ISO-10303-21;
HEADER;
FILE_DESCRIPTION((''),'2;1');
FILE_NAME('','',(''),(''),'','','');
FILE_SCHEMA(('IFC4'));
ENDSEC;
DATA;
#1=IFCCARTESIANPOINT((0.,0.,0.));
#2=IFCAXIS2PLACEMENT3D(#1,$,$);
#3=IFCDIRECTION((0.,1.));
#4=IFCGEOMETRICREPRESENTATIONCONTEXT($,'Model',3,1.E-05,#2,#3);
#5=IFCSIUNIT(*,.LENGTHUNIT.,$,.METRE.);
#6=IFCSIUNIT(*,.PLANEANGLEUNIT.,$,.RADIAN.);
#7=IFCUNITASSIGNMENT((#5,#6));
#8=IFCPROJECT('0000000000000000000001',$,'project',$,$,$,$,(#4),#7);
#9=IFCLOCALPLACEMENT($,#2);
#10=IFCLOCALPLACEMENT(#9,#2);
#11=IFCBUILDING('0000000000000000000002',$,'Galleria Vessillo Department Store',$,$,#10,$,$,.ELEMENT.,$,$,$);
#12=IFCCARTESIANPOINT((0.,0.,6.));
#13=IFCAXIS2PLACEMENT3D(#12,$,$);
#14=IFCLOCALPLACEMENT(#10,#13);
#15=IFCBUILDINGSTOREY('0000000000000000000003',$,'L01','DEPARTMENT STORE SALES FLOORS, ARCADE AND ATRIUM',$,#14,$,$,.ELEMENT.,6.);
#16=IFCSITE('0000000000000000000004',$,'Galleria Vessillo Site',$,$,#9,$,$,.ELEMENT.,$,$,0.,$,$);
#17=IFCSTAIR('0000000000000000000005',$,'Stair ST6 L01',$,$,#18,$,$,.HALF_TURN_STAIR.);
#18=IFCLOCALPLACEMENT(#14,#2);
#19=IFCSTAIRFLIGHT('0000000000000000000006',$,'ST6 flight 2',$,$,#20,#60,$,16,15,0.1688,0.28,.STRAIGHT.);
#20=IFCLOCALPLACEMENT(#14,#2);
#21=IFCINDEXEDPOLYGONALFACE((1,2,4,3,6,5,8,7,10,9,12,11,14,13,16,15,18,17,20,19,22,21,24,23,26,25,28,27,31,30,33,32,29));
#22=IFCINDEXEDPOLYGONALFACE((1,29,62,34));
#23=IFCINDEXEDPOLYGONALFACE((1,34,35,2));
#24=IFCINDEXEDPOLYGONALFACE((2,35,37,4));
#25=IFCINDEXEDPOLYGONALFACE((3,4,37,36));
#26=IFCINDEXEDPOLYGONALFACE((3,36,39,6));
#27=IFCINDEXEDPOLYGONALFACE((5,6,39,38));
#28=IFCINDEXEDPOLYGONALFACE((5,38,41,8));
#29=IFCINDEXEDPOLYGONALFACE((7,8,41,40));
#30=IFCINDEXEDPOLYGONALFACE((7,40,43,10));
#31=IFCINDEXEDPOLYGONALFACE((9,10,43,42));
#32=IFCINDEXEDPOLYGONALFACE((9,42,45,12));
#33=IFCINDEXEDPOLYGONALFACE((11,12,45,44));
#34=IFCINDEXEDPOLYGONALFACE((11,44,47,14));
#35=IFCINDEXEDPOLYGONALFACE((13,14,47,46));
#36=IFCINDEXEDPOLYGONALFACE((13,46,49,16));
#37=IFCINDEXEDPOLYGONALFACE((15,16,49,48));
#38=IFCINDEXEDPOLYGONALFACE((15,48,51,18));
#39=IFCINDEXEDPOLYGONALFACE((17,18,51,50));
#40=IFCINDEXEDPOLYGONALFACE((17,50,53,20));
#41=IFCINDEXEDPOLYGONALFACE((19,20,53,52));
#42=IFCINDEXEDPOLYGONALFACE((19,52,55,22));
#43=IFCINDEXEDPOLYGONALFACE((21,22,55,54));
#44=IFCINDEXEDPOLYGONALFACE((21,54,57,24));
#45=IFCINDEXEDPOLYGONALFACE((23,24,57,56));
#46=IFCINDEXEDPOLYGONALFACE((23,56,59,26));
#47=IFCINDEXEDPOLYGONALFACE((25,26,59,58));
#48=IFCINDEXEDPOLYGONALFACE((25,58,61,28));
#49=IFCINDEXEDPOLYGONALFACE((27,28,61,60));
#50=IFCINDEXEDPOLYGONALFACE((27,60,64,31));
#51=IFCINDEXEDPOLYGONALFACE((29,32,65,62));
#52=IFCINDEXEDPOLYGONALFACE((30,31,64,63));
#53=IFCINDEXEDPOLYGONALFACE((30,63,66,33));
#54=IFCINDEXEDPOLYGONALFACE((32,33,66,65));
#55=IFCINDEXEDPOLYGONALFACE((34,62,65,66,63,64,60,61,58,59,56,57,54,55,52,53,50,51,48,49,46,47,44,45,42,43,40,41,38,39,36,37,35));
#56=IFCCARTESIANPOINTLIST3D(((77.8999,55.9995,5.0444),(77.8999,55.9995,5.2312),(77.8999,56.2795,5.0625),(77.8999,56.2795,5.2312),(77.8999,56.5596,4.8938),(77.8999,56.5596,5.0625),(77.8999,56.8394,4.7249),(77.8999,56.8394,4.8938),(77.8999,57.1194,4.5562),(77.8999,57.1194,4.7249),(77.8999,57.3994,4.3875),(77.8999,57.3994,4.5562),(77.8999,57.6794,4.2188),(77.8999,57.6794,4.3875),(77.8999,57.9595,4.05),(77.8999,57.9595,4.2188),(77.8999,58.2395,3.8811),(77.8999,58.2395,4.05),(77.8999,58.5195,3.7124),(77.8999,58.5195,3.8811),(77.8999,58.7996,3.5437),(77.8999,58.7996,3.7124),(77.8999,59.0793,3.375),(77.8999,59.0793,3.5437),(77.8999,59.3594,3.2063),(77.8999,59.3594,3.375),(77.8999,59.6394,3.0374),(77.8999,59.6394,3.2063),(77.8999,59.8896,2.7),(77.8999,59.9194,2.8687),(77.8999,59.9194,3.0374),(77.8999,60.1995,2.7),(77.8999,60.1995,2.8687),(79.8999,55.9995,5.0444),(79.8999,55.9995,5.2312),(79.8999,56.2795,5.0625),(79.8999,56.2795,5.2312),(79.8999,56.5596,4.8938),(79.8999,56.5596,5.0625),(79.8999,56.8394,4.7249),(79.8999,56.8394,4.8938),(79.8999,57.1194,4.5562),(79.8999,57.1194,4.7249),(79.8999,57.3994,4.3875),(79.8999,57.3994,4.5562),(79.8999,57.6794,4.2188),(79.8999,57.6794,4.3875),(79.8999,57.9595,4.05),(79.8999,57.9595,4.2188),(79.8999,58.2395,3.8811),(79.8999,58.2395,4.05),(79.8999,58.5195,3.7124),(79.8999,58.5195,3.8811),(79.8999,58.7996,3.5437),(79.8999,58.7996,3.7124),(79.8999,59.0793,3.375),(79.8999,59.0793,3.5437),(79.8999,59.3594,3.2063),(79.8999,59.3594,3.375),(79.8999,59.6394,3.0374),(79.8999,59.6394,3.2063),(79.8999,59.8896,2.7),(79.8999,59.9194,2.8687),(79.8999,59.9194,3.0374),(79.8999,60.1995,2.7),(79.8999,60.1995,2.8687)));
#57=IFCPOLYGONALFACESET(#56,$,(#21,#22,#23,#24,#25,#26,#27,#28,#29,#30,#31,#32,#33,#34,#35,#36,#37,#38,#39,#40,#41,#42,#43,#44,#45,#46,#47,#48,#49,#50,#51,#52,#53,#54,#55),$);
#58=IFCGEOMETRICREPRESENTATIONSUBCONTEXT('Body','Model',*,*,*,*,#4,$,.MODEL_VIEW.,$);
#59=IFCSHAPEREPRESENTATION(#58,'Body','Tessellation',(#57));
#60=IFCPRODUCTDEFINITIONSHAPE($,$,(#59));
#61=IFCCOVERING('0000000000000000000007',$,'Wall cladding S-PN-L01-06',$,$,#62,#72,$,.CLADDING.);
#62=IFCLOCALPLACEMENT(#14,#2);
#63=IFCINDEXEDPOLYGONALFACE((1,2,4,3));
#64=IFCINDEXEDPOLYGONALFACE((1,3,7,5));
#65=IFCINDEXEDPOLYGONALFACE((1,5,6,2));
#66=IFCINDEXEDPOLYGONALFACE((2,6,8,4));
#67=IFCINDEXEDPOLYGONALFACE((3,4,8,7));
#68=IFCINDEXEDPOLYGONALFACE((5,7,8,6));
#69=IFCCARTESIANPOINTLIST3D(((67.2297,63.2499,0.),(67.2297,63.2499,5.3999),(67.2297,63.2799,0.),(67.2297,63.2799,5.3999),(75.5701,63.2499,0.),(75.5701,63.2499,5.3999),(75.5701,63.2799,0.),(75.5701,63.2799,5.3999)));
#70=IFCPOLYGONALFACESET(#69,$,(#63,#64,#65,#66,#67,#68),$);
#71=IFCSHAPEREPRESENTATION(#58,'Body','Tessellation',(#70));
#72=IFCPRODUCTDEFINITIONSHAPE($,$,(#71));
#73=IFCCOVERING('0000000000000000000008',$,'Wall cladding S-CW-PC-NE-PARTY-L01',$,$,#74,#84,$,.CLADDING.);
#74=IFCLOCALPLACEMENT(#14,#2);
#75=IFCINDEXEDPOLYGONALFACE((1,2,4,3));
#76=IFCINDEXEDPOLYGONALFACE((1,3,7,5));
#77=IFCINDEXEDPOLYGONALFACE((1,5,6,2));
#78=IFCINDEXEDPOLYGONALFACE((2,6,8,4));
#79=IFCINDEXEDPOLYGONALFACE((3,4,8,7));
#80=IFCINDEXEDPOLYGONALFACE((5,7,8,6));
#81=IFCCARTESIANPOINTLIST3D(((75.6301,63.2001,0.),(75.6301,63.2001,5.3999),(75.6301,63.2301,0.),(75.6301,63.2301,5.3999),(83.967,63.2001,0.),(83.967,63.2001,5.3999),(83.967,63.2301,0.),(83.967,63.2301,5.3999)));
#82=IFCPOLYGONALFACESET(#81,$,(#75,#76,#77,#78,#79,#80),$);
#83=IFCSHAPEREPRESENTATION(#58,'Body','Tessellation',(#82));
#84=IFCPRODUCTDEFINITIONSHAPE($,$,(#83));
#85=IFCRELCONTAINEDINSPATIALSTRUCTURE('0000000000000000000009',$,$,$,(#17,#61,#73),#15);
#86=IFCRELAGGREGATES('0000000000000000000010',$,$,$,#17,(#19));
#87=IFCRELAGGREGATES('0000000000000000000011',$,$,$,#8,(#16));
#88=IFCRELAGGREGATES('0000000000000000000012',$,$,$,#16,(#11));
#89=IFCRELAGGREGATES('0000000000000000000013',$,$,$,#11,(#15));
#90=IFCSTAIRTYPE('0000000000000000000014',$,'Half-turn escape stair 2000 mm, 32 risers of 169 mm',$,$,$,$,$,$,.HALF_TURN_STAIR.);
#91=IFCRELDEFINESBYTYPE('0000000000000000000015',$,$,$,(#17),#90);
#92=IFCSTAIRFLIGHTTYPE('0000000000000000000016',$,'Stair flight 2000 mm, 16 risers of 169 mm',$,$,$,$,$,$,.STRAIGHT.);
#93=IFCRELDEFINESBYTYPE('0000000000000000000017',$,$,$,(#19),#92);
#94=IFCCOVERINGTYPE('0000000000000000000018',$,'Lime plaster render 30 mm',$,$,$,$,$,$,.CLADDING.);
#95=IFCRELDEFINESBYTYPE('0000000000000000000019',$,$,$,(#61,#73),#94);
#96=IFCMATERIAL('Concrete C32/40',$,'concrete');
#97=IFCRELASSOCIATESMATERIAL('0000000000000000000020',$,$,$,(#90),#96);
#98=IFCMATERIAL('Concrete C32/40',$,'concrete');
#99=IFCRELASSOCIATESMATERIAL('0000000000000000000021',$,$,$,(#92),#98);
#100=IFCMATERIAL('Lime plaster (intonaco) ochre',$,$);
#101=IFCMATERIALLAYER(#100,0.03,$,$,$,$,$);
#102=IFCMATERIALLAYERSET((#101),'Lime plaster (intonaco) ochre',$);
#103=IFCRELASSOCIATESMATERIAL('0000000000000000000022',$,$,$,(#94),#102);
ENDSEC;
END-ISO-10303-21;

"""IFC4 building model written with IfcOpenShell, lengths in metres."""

from ifc_helpers import new_model, si_unit, direction, frame, origin, origin_2d, place, context, subcontext, project, spatial, polyline, rectangle, outline, extrude, material, layer, layer_set, type_object, element, aggregate, save


model = new_model("IFC4")

# Units and contexts
model_context = context("Model", 3, precision=1e-05, world=origin(), true_north=direction((0.0, 1.0)))
body_context = subcontext(model_context, "Body", "Model", "MODEL_VIEW")
ifc_project = project(units=[si_unit("LENGTHUNIT", "METRE"), si_unit("PLANEANGLEUNIT", "RADIAN")], contexts=[model_context])

# Site, building, storey
site_placement = place(None, origin())
site = spatial("IfcSite", under=ifc_project, at=site_placement, Name="Galleria Vessillo Site", CompositionType="ELEMENT", RefElevation=0.0)
building_placement = place(site_placement, origin())
building = spatial("IfcBuilding", under=site, at=building_placement, Name="Galleria Vessillo Department Store", CompositionType="ELEMENT")
storey_placement = place(building_placement, frame((0.0, 0.0, 6.0)))
storey = spatial("IfcBuildingStorey", under=building, at=storey_placement, Name="L01", Description="DEPARTMENT STORE SALES FLOORS, ARCADE AND ATRIUM", CompositionType="ELEMENT", Elevation=6.0)

# Stair, stair flight
ifc_material_1 = material(Name="Concrete C32/40", Category="concrete")
stair_type = type_object("IfcStairType", Name="Half-turn escape stair 2000 mm, 32 risers of 169 mm", PredefinedType="HALF_TURN_STAIR", material=ifc_material_1)
stair_placement = place(storey_placement, origin())
stair = element("IfcStair", 1, at=stair_placement, inside=storey, type_object=stair_type, Name="Stair ST6 L01", PredefinedType="HALF_TURN_STAIR")
ifc_material_2 = material(Name="Concrete C32/40", Category="concrete")
stair_flight_type = type_object("IfcStairFlightType", Name="Stair flight 2000 mm, 16 risers of 169 mm", PredefinedType="STRAIGHT", material=ifc_material_2)
stair_flight_1_placement = place(storey_placement, frame((78.8999, 60.1995, 2.7), z_axis=(0.0, 0.0, 1.0), x_axis=(0.0, -1.0, 0.0)))
stair_flight_1 = element("IfcStairFlight", 2, at=stair_flight_1_placement, type_object=stair_flight_type, Name="ST6 flight 2", NumberOfRisers=16, NumberOfTreads=15, PredefinedType="STRAIGHT", RiserHeight=0.1688, TreadLength=0.28, context=body_context, shape_type="SweptSolid", body=[
    extrude(outline(polyline([(0.0, 0.0), (0.0, 0.1687), (0.28, 0.1687), (0.28, 0.3374), (0.5601, 0.3374), (0.5601, 0.5063), (0.8401, 0.5063), (0.8401, 0.675), (1.1201, 0.675), (1.1201, 0.8438), (1.3999, 0.8438), (1.3999, 1.0125), (1.6799, 1.0125), (1.6799, 1.1812), (1.96, 1.1812), (1.96, 1.3501), (2.24, 1.3501), (2.24, 1.5188), (2.52, 1.5188), (2.52, 1.6875), (2.8, 1.6875), (2.8, 1.8562), (3.0801, 1.8562), (3.0801, 2.0249), (3.3601, 2.0249), (3.3601, 2.1938), (3.6399, 2.1938), (3.6399, 2.3625), (3.9199, 2.3625), (3.9199, 2.5312), (4.2, 2.5312), (4.2, 2.7), (4.2, 2.3445), (0.3098, 0.0), (0.0, 0.0)])), frame((0.0, 1.0, 0.0), z_axis=(0.0, -1.0, 0.0), x_axis=(1.0, 0.0, 0.0)), (0.0, 0.0, 1.0), 2.0),
])
aggregate(stair, [stair_flight_1])

# Coverings
ifc_material_3 = material(Name="Lime plaster (intonaco) ochre")
ifc_layer_1 = layer(ifc_material_3, 0.03)
ifc_layer_set_1 = layer_set([ifc_layer_1], Name="Lime plaster (intonaco) ochre")
covering_type = type_object("IfcCoveringType", Name="Lime plaster render 30 mm", PredefinedType="CLADDING", material=ifc_layer_set_1)
covering_1_placement = place(storey_placement, frame((71.3999, 63.2649, 0.0), z_axis=(0.0, 0.0, 1.0), x_axis=(1.0, 0.0, 0.0)))
element("IfcCovering", 3, at=covering_1_placement, inside=storey, type_object=covering_type, Name="Wall cladding S-PN-L01-06", PredefinedType="CLADDING", context=body_context, shape_type="SweptSolid", body=[
    extrude(rectangle(XDim=8.3403, YDim=0.03, at=origin_2d()), origin(), (0.0, 0.0, 1.0), 5.3999),
])
covering_2_placement = place(storey_placement, frame((79.7986, 63.2151, 0.0), z_axis=(0.0, 0.0, 1.0), x_axis=(1.0, 0.0, 0.0)))
element("IfcCovering", 4, at=covering_2_placement, inside=storey, type_object=covering_type, Name="Wall cladding S-CW-PC-NE-PARTY-L01", PredefinedType="CLADDING", context=body_context, shape_type="SweptSolid", body=[
    extrude(rectangle(XDim=8.3369, YDim=0.03, at=origin_2d()), origin(), (0.0, 0.0, 1.0), 5.3999),
])

save(model, "model.ifc")
